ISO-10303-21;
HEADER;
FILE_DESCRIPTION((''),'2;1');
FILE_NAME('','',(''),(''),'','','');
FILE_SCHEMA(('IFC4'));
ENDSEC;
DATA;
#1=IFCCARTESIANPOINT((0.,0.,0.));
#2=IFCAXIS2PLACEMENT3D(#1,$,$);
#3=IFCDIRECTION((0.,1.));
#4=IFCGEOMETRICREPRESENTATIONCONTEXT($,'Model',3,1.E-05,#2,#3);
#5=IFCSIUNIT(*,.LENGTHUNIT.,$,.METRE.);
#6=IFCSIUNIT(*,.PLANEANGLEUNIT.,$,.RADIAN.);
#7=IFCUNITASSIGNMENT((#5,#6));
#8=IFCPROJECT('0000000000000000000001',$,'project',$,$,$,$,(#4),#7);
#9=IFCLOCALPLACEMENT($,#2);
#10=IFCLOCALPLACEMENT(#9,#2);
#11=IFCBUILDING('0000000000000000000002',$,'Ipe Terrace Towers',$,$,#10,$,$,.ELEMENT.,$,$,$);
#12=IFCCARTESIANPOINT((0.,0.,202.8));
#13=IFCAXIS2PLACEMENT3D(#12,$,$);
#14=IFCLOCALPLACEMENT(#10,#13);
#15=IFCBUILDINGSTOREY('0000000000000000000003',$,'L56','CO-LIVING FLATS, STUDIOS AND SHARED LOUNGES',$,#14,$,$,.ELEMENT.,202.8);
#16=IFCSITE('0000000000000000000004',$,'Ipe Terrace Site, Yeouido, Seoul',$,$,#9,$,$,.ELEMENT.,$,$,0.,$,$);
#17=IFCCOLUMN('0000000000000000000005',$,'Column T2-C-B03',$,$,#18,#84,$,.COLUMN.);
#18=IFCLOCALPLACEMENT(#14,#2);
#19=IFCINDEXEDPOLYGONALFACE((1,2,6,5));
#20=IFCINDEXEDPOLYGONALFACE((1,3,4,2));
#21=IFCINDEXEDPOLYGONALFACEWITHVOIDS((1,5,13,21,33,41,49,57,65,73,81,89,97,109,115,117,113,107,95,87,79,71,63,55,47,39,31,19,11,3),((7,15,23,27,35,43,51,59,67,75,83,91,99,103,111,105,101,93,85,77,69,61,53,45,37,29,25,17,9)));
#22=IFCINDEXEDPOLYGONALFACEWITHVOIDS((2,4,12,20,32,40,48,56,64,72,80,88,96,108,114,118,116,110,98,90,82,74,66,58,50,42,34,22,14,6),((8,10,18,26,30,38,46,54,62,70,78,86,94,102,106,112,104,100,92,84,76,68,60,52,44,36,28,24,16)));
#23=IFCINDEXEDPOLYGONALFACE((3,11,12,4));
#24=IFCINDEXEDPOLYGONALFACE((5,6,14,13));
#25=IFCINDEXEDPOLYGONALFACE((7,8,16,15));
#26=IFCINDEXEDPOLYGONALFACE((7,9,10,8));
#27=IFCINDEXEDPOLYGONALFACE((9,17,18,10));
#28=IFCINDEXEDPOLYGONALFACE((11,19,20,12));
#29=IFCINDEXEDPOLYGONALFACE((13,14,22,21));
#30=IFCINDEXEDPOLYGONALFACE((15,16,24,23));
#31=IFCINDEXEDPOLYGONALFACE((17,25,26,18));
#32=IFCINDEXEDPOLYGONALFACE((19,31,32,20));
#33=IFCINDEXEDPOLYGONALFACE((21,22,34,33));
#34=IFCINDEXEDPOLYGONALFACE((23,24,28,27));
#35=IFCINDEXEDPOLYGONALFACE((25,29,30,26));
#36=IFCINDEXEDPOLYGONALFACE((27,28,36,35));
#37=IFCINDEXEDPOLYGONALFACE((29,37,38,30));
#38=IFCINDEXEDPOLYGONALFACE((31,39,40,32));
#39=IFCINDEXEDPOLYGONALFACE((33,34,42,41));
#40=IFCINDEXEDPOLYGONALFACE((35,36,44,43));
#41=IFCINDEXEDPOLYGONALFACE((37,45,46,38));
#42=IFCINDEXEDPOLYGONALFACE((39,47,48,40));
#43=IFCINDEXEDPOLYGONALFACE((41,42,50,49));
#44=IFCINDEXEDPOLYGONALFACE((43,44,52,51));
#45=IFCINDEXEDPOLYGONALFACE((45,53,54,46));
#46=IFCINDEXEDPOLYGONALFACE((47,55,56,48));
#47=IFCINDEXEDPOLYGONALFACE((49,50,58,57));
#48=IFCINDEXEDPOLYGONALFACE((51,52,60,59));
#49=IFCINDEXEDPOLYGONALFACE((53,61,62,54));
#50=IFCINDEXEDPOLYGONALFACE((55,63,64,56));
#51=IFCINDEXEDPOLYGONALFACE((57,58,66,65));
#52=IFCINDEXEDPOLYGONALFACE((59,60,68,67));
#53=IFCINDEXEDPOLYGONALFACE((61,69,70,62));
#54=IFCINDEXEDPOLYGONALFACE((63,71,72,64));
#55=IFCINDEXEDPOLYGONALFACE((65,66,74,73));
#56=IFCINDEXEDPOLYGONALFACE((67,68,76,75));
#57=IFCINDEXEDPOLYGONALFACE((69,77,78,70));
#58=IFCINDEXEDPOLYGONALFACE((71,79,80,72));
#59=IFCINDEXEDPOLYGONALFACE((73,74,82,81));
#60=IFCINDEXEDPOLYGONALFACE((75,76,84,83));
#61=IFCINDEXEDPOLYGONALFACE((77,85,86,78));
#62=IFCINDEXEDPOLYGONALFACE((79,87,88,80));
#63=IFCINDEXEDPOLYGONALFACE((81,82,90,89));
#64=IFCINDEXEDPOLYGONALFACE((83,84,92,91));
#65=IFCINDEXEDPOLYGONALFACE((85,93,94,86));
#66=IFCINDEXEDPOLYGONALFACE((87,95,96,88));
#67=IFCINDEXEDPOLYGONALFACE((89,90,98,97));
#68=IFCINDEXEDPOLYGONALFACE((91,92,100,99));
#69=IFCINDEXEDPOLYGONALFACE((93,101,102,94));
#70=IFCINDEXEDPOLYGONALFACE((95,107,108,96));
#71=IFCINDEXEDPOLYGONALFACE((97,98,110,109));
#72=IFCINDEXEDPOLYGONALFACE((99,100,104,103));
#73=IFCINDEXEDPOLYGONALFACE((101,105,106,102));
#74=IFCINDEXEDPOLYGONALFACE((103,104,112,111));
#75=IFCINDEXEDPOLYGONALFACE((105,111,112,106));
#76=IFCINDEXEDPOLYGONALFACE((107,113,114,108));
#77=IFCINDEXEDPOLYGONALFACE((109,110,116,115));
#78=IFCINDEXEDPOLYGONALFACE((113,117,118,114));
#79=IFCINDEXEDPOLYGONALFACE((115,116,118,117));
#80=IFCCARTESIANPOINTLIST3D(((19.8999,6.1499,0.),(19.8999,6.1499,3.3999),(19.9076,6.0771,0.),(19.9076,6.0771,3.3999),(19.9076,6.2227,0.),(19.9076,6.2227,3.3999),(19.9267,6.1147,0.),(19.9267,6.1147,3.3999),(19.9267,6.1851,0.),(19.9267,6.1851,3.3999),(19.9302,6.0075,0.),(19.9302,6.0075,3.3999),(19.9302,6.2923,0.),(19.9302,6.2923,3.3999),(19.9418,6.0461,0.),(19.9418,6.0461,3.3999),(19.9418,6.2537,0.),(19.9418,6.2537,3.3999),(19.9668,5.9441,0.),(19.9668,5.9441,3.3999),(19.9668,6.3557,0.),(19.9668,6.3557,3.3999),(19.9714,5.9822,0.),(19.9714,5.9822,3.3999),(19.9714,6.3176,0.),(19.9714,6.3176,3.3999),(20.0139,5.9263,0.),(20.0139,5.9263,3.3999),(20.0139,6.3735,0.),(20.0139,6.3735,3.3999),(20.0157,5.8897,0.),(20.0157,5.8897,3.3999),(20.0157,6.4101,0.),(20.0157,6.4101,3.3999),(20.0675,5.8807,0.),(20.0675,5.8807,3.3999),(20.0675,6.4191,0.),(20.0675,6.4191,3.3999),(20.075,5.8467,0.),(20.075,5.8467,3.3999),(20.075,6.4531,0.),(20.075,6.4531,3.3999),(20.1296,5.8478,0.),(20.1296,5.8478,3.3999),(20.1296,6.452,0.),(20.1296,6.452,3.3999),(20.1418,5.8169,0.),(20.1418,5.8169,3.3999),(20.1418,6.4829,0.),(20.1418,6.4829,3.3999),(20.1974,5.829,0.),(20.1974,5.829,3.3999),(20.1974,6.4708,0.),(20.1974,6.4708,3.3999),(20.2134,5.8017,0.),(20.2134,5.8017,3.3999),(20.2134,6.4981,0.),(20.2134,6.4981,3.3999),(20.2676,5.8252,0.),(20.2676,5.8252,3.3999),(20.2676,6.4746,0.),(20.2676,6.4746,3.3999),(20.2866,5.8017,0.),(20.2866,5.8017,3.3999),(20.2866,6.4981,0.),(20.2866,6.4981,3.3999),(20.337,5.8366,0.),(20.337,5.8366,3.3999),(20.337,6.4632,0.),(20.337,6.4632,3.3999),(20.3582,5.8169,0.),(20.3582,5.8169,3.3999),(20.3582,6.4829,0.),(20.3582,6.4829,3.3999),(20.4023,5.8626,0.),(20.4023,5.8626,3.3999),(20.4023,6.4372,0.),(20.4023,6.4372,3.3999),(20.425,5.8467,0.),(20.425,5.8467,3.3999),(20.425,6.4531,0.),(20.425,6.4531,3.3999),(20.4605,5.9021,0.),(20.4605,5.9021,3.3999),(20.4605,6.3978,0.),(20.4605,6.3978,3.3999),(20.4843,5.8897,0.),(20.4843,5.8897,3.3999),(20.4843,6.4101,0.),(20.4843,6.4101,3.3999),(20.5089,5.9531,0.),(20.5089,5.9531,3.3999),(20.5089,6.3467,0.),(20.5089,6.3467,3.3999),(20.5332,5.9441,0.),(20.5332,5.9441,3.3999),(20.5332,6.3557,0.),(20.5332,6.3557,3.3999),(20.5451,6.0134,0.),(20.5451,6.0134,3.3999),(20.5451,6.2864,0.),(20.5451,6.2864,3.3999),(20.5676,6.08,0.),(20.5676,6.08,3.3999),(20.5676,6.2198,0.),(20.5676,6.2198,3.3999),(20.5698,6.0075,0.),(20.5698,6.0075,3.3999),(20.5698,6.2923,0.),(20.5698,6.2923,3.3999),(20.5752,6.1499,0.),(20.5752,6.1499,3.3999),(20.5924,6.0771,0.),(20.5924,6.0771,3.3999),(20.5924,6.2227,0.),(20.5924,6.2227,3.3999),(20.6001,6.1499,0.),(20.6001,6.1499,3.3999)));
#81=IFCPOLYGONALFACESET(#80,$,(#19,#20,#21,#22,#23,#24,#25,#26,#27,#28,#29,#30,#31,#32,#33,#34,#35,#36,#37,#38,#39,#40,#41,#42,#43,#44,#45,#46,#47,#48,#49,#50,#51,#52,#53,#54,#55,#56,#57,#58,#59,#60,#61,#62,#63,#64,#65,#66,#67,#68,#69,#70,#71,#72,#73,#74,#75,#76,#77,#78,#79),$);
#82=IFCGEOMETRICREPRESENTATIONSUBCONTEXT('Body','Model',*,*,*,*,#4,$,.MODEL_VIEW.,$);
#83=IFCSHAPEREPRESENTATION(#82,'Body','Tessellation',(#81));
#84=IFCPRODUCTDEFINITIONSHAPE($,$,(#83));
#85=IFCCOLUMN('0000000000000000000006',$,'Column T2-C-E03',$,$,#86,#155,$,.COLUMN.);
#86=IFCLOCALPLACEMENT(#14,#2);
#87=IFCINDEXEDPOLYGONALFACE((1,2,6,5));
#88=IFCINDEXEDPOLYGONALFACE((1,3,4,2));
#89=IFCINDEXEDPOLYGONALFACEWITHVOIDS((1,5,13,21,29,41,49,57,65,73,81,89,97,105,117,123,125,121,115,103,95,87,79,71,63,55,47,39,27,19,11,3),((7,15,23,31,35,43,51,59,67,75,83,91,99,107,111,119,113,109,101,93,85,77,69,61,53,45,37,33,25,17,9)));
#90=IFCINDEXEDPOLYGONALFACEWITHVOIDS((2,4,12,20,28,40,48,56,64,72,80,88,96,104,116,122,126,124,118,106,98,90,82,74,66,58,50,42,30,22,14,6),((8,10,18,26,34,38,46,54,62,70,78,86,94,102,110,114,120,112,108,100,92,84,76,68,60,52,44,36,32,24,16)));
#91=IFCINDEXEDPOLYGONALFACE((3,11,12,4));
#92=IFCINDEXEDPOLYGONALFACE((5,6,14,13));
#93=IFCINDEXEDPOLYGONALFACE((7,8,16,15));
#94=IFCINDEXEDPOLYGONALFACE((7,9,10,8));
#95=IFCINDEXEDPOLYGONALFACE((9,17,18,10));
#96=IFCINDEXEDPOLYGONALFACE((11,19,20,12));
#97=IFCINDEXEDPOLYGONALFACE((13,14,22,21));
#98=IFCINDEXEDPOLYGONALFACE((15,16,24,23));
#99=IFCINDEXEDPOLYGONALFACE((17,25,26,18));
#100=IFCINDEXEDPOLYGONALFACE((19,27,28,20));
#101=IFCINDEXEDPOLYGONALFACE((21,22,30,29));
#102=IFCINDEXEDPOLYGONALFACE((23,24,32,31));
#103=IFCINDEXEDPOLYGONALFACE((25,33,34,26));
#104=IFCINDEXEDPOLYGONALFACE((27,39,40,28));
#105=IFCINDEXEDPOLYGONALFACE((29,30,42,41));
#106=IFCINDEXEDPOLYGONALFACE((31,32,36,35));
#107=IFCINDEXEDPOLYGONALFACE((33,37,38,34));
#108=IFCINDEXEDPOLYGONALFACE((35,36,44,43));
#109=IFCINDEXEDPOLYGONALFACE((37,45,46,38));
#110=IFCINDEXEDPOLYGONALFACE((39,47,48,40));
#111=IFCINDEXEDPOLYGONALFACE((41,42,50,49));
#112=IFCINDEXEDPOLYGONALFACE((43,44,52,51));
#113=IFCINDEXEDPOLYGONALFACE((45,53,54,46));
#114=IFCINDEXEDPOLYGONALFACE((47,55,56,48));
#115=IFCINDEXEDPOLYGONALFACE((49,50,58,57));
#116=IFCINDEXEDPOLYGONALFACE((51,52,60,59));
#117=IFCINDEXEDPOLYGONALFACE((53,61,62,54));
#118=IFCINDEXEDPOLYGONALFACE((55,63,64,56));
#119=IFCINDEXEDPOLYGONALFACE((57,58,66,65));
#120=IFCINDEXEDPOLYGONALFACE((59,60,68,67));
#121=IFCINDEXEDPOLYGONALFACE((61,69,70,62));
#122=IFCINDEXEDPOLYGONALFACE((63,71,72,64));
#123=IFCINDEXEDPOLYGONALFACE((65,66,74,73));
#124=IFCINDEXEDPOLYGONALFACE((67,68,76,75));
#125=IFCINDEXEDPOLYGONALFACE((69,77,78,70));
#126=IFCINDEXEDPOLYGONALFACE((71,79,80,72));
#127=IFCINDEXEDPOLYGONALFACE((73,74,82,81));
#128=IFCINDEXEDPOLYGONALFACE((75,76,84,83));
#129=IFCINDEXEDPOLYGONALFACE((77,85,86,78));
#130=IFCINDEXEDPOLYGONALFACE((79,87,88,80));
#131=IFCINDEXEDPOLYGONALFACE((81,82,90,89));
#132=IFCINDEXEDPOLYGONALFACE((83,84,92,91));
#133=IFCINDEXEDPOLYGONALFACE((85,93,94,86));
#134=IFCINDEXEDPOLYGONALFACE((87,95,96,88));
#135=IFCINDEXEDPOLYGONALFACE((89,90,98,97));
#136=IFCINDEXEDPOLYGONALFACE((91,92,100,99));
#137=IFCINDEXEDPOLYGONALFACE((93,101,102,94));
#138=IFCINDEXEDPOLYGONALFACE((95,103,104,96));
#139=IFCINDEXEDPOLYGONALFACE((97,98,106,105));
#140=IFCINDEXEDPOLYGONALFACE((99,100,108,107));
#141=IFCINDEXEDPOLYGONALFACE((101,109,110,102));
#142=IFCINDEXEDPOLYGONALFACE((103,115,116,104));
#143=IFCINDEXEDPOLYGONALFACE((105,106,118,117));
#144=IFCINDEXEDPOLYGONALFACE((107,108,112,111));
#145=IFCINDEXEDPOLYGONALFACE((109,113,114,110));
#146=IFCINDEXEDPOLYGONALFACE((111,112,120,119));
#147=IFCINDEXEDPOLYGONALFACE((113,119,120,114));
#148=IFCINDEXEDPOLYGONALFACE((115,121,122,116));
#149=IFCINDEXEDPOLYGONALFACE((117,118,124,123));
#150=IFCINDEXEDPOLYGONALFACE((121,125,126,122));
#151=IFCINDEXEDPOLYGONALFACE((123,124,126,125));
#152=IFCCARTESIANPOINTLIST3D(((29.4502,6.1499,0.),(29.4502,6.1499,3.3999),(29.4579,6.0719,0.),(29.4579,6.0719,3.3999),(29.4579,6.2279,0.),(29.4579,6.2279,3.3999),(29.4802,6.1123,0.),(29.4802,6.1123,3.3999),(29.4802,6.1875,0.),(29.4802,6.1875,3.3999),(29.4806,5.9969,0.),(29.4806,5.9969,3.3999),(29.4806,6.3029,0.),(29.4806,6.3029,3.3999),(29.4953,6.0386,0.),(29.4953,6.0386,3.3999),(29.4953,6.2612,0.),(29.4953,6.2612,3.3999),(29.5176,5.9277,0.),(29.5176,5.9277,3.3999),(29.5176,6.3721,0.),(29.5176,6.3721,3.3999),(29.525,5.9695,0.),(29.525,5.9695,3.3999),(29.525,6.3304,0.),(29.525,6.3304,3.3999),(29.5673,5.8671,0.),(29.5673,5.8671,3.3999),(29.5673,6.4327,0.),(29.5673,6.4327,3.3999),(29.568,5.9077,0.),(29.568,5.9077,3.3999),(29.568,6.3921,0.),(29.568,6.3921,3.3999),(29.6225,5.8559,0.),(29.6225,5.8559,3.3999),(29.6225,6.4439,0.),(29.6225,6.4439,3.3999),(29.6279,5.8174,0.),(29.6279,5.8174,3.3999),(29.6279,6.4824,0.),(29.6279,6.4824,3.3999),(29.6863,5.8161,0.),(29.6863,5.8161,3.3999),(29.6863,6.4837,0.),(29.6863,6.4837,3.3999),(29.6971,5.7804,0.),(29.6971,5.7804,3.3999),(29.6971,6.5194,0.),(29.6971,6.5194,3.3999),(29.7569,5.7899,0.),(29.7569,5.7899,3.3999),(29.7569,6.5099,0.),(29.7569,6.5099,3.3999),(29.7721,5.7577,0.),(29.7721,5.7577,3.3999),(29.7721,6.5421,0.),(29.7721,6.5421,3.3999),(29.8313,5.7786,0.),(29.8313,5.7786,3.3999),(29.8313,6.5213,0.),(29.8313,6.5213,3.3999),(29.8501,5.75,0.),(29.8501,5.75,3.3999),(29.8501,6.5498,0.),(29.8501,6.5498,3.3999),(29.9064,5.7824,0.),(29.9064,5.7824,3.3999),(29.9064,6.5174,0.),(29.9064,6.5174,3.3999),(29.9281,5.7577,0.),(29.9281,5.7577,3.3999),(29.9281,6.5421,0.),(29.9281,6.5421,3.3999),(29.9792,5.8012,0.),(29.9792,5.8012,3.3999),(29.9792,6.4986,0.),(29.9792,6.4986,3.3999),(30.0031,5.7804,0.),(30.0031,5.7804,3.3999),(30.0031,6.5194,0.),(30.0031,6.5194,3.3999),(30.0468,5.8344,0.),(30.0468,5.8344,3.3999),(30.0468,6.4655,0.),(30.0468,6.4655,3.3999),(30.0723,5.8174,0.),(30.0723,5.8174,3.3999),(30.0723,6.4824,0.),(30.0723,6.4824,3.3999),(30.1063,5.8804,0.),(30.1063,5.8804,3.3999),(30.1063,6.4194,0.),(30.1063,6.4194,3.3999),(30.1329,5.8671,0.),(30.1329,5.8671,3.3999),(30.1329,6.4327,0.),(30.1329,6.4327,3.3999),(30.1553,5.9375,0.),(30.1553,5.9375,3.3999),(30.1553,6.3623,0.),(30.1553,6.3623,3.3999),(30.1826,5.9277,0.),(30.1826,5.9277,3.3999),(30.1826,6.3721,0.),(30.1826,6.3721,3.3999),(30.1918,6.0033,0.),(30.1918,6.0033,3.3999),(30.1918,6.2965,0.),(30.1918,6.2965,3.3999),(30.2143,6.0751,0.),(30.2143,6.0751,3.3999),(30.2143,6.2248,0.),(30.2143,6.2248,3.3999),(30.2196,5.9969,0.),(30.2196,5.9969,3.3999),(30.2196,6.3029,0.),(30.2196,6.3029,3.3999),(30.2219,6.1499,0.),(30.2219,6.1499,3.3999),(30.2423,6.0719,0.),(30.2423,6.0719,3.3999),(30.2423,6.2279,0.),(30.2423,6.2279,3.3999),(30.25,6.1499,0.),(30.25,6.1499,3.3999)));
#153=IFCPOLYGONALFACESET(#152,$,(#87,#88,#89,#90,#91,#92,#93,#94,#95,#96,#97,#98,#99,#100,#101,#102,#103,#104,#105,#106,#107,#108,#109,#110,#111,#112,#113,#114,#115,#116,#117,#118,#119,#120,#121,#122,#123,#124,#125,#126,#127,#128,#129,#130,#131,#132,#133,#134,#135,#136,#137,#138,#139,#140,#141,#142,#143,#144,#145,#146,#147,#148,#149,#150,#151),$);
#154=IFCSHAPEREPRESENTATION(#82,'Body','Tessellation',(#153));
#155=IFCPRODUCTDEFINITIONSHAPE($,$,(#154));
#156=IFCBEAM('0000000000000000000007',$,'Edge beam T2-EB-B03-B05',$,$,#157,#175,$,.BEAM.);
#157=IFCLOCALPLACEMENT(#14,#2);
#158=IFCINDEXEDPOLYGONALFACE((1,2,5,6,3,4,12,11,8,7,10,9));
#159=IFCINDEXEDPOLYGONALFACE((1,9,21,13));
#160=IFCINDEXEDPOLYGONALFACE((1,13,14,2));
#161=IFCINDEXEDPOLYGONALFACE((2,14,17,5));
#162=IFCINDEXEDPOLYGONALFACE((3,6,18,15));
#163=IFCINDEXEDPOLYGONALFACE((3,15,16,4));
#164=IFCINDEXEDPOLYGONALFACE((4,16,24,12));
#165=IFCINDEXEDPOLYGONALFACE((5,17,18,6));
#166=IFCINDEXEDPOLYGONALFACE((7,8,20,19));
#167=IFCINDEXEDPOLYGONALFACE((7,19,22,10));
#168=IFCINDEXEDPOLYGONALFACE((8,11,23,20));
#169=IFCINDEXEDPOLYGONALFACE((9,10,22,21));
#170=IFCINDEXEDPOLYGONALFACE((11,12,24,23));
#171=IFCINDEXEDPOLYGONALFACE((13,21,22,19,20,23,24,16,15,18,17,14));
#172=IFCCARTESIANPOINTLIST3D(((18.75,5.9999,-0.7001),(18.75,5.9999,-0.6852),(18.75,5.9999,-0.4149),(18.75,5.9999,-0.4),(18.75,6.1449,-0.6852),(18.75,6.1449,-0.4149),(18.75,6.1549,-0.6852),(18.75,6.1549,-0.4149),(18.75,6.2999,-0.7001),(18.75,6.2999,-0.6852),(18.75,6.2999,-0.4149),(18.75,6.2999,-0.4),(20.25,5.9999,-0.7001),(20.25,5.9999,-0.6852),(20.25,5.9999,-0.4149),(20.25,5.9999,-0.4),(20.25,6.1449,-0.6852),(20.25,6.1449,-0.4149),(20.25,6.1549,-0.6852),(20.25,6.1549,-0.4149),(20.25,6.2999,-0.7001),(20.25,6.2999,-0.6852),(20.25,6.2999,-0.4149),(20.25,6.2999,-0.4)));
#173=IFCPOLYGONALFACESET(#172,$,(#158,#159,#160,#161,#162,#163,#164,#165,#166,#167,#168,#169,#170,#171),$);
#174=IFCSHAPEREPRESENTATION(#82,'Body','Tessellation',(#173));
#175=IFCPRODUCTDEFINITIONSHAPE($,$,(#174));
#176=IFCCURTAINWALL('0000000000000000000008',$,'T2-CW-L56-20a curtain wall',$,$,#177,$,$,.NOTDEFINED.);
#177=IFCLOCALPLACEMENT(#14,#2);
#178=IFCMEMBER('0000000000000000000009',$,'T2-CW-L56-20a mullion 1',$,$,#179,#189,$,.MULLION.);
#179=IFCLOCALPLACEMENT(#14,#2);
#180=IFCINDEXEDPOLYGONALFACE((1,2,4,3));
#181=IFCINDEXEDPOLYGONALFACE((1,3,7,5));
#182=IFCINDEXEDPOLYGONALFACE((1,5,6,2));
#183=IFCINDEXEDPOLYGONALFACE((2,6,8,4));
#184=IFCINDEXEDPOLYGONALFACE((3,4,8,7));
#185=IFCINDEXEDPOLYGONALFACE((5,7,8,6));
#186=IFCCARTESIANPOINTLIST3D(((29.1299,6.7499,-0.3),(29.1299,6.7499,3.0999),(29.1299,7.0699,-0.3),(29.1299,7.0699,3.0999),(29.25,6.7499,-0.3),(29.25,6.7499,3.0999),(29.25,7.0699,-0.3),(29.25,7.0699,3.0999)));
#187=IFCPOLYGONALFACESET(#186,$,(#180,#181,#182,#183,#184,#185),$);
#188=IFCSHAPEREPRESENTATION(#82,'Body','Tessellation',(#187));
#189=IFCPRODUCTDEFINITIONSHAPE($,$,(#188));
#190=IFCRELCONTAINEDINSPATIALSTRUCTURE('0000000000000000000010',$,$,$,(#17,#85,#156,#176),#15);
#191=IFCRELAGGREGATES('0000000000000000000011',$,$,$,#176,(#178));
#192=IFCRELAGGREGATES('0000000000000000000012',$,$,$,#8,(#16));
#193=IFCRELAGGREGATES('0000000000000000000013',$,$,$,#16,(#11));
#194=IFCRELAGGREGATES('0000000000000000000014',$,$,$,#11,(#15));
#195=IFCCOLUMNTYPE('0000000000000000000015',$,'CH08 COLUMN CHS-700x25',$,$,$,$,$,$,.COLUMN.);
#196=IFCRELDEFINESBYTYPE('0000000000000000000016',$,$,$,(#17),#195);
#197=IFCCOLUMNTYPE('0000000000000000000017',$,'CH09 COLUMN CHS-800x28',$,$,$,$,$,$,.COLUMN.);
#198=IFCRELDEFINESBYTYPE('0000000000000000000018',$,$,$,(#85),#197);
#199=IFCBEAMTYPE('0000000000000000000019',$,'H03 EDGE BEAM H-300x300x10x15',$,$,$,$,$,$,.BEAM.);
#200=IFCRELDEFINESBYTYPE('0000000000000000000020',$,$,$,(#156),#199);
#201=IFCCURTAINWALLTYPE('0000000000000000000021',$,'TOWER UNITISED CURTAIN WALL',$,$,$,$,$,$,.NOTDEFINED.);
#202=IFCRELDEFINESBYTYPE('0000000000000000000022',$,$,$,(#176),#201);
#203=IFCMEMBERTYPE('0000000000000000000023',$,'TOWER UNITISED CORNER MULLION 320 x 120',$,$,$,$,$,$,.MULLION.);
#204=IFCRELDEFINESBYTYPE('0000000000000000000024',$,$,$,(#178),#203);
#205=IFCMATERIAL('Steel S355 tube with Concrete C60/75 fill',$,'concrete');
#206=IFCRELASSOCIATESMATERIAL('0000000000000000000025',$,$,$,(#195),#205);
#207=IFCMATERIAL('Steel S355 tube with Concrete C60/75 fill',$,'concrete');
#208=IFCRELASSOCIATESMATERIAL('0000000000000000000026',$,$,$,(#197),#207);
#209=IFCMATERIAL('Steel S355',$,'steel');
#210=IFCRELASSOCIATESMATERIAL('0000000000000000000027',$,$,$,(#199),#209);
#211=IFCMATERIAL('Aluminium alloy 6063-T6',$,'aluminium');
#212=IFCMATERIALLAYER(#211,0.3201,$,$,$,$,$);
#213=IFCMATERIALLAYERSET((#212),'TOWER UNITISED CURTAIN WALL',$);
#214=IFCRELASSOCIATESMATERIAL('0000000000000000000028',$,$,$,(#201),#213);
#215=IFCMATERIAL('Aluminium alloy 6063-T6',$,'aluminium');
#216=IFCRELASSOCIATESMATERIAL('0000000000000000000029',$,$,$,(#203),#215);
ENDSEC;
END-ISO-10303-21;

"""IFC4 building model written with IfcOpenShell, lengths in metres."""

from ifc_helpers import new_model, si_unit, direction, frame, origin, origin_2d, place, context, subcontext, project, spatial, rectangle, hollow_circle, i_section, extrude, material, layer, layer_set, material_profile, profile_set, type_object, element, aggregate, save


model = new_model("IFC4")

# Units and contexts
model_context = context("Model", 3, precision=1e-05, world=origin(), true_north=direction((0.0, 1.0)))
body_context = subcontext(model_context, "Body", "Model", "MODEL_VIEW")
ifc_project = project(units=[si_unit("LENGTHUNIT", "METRE"), si_unit("PLANEANGLEUNIT", "RADIAN")], contexts=[model_context])

# Site, building, storey
site_placement = place(None, origin())
site = spatial("IfcSite", under=ifc_project, at=site_placement, Name="Ipe Terrace Site, Yeouido, Seoul", CompositionType="ELEMENT", RefElevation=0.0)
building_placement = place(site_placement, origin())
building = spatial("IfcBuilding", under=site, at=building_placement, Name="Ipe Terrace Towers", CompositionType="ELEMENT")
storey_placement = place(building_placement, frame((0.0, 0.0, 202.8)))
storey = spatial("IfcBuildingStorey", under=building, at=storey_placement, Name="L56", Description="CO-LIVING FLATS, STUDIOS AND SHARED LOUNGES", CompositionType="ELEMENT", Elevation=202.8)

# Columns
ifc_material_1 = material(Name="Steel S355 tube with Concrete C60/75 fill", Category="concrete")
ifc_material_profile_1 = material_profile(ifc_material_1, hollow_circle(Radius=0.3501, WallThickness=0.0249, at=origin_2d()), Name="CHS-700x25")
ifc_profile_set_1 = profile_set([ifc_material_profile_1], Name="Steel S355 tube with Concrete C60/75 fill")
column_type_1 = type_object("IfcColumnType", Name="CH08 COLUMN CHS-700x25", PredefinedType="COLUMN", material=ifc_profile_set_1)
column_1_placement = place(storey_placement, frame((20.25, 6.1499, 0.0), z_axis=(0.0, 0.0, 1.0), x_axis=(1.0, 0.0, 0.0)))
element("IfcColumn", 1, at=column_1_placement, inside=storey, type_object=column_type_1, Name="Column T2-C-B03", PredefinedType="COLUMN", context=body_context, shape_type="SweptSolid", body=[
    extrude(hollow_circle(Radius=0.3501, WallThickness=0.0249, at=origin_2d()), origin(), (0.0, 0.0, 1.0), 3.3999),
])
ifc_material_2 = material(Name="Steel S355 tube with Concrete C60/75 fill", Category="concrete")
ifc_material_profile_2 = material_profile(ifc_material_2, hollow_circle(Radius=0.3999, WallThickness=0.0281, at=origin_2d()), Name="CHS-800x28")
ifc_profile_set_2 = profile_set([ifc_material_profile_2], Name="Steel S355 tube with Concrete C60/75 fill")
column_type_2 = type_object("IfcColumnType", Name="CH09 COLUMN CHS-800x28", PredefinedType="COLUMN", material=ifc_profile_set_2)
column_2_placement = place(storey_placement, frame((29.8501, 6.1499, 0.0), z_axis=(0.0, 0.0, 1.0), x_axis=(1.0, 0.0, 0.0)))
element("IfcColumn", 2, at=column_2_placement, inside=storey, type_object=column_type_2, Name="Column T2-C-E03", PredefinedType="COLUMN", context=body_context, shape_type="SweptSolid", body=[
    extrude(hollow_circle(Radius=0.3999, WallThickness=0.0281, at=origin_2d()), origin(), (0.0, 0.0, 1.0), 3.3999),
])

# Beam
ifc_material_3 = material(Name="Steel S355", Category="steel")
ifc_material_profile_3 = material_profile(ifc_material_3, i_section(OverallWidth=0.3, OverallDepth=0.3, WebThickness=0.01, FlangeThickness=0.0149, at=origin_2d()), Name="H-300x300x10x15")
ifc_profile_set_3 = profile_set([ifc_material_profile_3], Name="Steel S355")
beam_type = type_object("IfcBeamType", Name="H03 EDGE BEAM H-300x300x10x15", PredefinedType="BEAM", material=ifc_profile_set_3)
beam_placement = place(storey_placement, frame((20.25, 6.1499, -0.55), z_axis=(-1.0, 0.0, 0.0), x_axis=(0.0, -1.0, 0.0)))
element("IfcBeam", 3, at=beam_placement, inside=storey, type_object=beam_type, Name="Edge beam T2-EB-B03-B05", PredefinedType="BEAM", context=body_context, shape_type="SweptSolid", body=[
    extrude(i_section(OverallWidth=0.3, OverallDepth=0.3, WebThickness=0.01, FlangeThickness=0.0149, at=origin_2d()), origin(), (0.0, 0.0, 1.0), 1.5),
])

# Curtain wall, member
ifc_material_4 = material(Name="Aluminium alloy 6063-T6", Category="aluminium")
ifc_layer_1 = layer(ifc_material_4, 0.3201)
ifc_layer_set_1 = layer_set([ifc_layer_1], Name="TOWER UNITISED CURTAIN WALL")
curtain_wall_type = type_object("IfcCurtainWallType", Name="TOWER UNITISED CURTAIN WALL", PredefinedType="NOTDEFINED", material=ifc_layer_set_1)
curtain_wall_1_placement = place(storey_placement, origin())
curtain_wall_1 = element("IfcCurtainWall", 4, at=curtain_wall_1_placement, inside=storey, type_object=curtain_wall_type, Name="T2-CW-L56-20a curtain wall", PredefinedType="NOTDEFINED")
ifc_material_5 = material(Name="Aluminium alloy 6063-T6", Category="aluminium")
ifc_material_profile_4 = material_profile(ifc_material_5, rectangle(XDim=0.3201, YDim=0.1201, at=origin_2d()), Name="TOWER UNITISED CORNER MULLION 320 x 120")
ifc_profile_set_4 = profile_set([ifc_material_profile_4], Name="Aluminium alloy 6063-T6")
member_type = type_object("IfcMemberType", Name="TOWER UNITISED CORNER MULLION 320 x 120", PredefinedType="MULLION", material=ifc_profile_set_4)
member_1_placement = place(storey_placement, frame((29.1899, 6.9099, -0.3), z_axis=(0.0, 0.0, 1.0), x_axis=(0.0, 1.0, 0.0)))
member_1 = element("IfcMember", 5, at=member_1_placement, type_object=member_type, Name="T2-CW-L56-20a mullion 1", PredefinedType="MULLION", context=body_context, shape_type="SweptSolid", body=[
    extrude(rectangle(XDim=0.3201, YDim=0.1201, at=origin_2d()), origin(), (0.0, 0.0, 1.0), 3.3999),
])

aggregate(curtain_wall_1, [member_1])

save(model, "model.ifc")
